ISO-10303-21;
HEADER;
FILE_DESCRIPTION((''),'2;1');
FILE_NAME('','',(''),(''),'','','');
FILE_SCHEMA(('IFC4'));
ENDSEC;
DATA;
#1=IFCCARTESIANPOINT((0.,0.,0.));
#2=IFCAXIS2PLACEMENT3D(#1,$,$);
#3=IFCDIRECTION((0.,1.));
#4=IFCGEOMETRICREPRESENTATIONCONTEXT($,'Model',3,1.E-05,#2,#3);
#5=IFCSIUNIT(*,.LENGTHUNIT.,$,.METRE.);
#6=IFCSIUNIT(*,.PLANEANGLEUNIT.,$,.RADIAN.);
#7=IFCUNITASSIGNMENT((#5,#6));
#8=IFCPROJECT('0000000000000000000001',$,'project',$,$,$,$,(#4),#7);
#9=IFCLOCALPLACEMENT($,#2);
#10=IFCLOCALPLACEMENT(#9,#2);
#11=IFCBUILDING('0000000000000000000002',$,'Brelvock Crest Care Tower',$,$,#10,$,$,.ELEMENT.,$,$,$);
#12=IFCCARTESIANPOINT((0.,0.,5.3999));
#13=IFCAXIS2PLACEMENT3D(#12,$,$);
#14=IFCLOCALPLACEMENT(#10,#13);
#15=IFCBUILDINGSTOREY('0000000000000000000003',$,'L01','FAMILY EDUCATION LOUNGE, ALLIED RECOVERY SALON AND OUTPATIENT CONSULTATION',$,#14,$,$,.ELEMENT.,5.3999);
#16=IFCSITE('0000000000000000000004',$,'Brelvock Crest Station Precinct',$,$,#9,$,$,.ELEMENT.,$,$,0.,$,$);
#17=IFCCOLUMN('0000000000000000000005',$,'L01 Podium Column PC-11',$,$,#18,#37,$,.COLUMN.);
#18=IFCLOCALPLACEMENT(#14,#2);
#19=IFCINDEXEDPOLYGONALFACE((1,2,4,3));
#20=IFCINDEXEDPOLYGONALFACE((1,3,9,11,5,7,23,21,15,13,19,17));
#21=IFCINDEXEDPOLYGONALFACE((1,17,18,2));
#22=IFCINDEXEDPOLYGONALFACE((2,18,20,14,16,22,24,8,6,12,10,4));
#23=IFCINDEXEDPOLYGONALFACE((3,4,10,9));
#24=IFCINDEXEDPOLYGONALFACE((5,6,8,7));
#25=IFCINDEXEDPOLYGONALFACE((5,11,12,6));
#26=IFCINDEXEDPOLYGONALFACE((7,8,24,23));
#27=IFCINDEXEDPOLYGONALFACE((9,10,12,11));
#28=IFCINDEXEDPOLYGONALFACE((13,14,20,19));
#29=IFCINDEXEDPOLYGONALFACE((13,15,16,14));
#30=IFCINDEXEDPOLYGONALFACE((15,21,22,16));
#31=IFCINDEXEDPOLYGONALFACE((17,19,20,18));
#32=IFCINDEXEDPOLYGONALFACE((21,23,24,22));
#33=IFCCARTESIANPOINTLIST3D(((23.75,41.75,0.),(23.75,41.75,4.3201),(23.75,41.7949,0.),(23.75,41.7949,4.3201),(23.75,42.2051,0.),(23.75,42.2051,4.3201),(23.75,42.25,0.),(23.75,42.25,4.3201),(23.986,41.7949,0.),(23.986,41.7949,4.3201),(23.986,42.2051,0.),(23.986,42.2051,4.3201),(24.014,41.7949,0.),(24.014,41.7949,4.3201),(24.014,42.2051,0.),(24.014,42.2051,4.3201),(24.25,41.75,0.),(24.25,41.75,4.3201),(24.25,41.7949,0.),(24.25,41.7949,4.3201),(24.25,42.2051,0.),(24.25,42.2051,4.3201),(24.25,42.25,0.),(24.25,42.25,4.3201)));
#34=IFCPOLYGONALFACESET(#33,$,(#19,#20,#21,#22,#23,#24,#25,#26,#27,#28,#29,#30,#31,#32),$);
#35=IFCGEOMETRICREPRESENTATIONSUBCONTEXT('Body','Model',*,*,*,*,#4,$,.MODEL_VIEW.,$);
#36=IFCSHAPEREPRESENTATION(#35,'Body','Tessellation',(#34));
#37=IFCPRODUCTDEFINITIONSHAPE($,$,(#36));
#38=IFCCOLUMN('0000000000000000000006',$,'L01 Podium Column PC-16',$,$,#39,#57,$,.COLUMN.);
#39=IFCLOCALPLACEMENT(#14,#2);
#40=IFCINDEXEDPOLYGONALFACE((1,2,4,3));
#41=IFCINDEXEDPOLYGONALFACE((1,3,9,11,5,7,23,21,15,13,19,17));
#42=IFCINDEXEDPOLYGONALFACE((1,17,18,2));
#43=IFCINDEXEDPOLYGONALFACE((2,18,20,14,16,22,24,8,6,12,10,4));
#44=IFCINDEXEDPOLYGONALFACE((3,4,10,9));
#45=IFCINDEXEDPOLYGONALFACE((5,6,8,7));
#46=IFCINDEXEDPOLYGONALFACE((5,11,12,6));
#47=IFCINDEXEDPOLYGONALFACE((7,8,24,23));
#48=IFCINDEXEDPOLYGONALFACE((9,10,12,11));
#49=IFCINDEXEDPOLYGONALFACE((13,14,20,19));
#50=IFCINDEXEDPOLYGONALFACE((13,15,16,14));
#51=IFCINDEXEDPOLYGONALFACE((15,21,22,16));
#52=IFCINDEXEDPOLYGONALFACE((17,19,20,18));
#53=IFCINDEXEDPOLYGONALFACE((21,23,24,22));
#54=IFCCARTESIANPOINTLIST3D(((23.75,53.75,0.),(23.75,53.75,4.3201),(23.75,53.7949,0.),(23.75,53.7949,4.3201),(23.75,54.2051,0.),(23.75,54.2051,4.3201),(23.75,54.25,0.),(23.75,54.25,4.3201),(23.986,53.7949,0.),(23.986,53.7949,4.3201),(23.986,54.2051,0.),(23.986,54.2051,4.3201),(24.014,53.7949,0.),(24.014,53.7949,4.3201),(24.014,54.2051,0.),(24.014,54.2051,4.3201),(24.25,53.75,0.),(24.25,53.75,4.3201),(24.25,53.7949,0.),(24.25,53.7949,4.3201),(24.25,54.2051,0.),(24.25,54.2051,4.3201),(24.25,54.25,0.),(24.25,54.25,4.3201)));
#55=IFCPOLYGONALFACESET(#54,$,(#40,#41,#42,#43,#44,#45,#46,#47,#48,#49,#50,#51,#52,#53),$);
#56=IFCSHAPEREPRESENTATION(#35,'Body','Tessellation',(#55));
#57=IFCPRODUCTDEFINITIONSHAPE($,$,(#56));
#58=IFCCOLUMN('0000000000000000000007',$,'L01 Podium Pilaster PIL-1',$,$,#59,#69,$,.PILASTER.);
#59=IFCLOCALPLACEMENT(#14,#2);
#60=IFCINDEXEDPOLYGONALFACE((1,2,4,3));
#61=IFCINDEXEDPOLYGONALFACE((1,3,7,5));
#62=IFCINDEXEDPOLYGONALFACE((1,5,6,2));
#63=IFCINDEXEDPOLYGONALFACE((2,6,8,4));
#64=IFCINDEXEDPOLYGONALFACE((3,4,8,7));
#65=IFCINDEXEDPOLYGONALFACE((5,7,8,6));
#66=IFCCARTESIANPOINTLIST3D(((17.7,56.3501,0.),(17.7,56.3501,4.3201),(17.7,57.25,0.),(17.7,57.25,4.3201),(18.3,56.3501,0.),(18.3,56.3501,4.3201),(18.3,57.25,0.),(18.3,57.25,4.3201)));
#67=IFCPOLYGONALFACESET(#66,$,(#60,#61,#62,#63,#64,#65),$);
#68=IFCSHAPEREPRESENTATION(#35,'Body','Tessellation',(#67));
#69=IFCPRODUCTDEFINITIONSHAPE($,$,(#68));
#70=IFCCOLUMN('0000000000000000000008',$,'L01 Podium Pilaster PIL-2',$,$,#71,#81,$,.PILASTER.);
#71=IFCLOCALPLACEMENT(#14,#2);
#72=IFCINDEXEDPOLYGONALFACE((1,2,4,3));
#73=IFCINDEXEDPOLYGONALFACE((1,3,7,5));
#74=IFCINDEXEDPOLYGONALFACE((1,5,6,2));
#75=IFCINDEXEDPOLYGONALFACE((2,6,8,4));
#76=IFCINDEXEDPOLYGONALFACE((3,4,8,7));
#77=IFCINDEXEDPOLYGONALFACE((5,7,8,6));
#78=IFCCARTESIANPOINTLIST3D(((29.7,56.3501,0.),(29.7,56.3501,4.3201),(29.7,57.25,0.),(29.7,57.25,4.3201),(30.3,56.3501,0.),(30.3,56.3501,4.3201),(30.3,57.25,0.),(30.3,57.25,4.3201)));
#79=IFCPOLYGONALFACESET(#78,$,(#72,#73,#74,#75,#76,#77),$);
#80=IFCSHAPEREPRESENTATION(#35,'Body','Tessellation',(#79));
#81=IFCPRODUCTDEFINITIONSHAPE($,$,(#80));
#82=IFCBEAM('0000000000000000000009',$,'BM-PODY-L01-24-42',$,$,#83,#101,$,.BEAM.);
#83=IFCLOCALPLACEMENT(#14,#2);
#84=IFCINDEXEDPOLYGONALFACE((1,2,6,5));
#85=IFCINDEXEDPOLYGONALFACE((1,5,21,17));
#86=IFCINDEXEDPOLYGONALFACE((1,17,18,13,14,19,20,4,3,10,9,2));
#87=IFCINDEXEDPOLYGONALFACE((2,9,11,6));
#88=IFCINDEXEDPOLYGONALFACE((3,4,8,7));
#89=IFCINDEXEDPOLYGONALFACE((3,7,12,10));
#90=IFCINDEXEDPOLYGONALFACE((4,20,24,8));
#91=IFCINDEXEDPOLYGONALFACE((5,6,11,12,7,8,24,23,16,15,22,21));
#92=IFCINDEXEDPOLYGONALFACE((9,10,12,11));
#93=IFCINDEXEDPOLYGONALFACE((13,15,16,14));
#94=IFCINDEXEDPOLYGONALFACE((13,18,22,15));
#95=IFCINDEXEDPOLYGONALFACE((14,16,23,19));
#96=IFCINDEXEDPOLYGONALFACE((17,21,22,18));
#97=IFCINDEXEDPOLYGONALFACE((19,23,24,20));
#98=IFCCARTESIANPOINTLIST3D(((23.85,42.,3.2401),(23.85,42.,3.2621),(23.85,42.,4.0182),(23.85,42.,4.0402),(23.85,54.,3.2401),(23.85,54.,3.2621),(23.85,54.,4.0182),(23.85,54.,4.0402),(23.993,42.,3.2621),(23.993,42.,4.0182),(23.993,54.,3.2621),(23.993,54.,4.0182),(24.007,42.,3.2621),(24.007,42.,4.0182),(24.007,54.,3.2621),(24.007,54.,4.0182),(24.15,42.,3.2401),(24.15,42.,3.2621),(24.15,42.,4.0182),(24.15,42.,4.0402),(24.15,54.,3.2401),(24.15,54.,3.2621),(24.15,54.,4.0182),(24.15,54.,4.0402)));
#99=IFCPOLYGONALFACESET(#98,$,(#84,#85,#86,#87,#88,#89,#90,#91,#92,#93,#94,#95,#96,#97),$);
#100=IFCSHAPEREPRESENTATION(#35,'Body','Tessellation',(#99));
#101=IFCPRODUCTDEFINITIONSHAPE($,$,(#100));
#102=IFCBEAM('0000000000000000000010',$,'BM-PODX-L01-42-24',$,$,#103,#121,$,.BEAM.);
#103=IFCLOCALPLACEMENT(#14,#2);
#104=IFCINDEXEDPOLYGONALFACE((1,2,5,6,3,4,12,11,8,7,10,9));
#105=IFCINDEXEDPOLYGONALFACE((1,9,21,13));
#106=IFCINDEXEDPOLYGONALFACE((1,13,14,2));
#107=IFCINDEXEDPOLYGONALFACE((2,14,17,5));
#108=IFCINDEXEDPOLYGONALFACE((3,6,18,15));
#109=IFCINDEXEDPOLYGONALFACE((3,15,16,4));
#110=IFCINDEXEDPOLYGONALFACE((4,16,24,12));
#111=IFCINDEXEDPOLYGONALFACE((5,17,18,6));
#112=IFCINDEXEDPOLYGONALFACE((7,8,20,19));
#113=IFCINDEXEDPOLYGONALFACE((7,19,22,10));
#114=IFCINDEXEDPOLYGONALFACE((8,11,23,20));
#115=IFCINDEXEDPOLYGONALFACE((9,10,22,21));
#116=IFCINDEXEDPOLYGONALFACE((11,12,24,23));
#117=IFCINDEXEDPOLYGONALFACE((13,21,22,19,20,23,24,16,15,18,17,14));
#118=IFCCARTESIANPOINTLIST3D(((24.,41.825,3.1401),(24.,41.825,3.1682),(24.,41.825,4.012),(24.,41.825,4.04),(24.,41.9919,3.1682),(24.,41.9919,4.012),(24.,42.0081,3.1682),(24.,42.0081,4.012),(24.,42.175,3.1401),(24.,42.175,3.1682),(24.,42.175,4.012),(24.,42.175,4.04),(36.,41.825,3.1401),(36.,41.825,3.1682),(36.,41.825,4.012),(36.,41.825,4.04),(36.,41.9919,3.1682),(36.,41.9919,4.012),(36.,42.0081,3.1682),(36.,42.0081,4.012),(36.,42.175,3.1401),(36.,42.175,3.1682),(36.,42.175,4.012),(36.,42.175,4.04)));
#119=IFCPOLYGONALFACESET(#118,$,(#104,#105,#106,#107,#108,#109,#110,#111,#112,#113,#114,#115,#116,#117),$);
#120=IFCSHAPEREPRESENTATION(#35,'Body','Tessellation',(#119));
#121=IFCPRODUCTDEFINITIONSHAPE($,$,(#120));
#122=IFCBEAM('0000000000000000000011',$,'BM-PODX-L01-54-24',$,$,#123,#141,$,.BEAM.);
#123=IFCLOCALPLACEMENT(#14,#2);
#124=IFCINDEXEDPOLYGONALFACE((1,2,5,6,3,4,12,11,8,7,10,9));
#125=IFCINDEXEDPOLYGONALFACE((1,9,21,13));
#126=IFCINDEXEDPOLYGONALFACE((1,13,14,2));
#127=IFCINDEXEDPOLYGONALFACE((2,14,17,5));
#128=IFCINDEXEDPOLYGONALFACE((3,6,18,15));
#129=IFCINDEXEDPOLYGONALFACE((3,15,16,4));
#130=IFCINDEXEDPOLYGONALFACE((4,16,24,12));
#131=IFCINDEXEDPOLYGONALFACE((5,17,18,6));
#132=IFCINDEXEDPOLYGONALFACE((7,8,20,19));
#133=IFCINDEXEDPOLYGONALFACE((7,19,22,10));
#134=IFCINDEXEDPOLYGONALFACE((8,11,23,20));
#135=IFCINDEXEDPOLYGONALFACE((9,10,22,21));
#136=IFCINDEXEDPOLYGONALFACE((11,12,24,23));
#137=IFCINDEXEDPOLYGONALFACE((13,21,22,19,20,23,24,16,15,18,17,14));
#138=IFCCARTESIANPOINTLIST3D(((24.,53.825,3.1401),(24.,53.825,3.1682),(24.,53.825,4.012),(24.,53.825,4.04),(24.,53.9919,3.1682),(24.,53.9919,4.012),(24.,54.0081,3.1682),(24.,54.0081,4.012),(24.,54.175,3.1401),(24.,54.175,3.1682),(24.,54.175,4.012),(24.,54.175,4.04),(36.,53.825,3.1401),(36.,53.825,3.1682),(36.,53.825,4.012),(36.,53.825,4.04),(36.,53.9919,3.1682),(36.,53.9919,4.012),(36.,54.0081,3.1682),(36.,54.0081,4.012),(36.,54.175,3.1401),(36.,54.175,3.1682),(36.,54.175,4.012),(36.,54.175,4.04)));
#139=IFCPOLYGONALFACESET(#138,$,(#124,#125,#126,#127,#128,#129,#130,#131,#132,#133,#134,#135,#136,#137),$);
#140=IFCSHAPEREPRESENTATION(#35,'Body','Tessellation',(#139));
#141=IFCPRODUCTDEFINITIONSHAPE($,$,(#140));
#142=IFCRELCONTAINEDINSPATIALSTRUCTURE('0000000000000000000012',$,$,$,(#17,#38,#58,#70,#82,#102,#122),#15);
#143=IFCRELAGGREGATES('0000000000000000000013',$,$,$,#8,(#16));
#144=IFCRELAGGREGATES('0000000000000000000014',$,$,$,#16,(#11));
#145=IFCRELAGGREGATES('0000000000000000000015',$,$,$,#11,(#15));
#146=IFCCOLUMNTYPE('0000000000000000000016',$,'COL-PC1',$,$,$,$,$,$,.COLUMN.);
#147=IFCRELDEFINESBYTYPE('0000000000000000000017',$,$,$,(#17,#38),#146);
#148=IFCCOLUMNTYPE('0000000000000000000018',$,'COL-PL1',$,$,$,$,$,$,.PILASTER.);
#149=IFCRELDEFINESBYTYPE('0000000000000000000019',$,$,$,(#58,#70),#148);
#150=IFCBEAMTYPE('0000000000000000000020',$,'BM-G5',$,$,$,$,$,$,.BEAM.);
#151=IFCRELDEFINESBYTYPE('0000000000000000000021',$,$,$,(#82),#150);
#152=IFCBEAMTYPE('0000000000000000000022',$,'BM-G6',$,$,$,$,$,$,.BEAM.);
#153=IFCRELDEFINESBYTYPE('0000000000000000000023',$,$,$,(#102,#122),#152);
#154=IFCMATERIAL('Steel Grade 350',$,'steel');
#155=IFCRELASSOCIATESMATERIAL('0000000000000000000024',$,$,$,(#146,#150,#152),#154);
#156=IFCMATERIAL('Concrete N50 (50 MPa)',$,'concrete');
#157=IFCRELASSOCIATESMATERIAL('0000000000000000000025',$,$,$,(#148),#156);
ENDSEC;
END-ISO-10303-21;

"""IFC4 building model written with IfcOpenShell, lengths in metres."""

from ifc_helpers import new_model, si_unit, direction, frame, origin, origin_2d, place, context, subcontext, project, spatial, rectangle, i_section, extrude, source, transform, mapped, material, material_profile, profile_set, type_object, element, save


model = new_model("IFC4")

# Units and contexts
model_context = context("Model", 3, precision=1e-05, world=origin(), true_north=direction((0.0, 1.0)))
body_context = subcontext(model_context, "Body", "Model", "MODEL_VIEW")
ifc_project = project(units=[si_unit("LENGTHUNIT", "METRE"), si_unit("PLANEANGLEUNIT", "RADIAN")], contexts=[model_context])

# Site, building, storey
site_placement = place(None, origin())
site = spatial("IfcSite", under=ifc_project, at=site_placement, Name="Brelvock Crest Station Precinct", CompositionType="ELEMENT", RefElevation=0.0)
building_placement = place(site_placement, origin())
building = spatial("IfcBuilding", under=site, at=building_placement, Name="Brelvock Crest Care Tower", CompositionType="ELEMENT")
storey_placement = place(building_placement, frame((0.0, 0.0, 5.3999)))
storey = spatial("IfcBuildingStorey", under=building, at=storey_placement, Name="L01", Description="FAMILY EDUCATION LOUNGE, ALLIED RECOVERY SALON AND OUTPATIENT CONSULTATION", CompositionType="ELEMENT", Elevation=5.3999)

# Columns
ifc_material_1 = material(Name="Steel Grade 350", Category="steel")
ifc_material_profile_1 = material_profile(ifc_material_1, i_section(OverallWidth=0.5, OverallDepth=0.5, WebThickness=0.0281, FlangeThickness=0.0449, at=origin_2d()), Name="500WC440")
ifc_profile_set_1 = profile_set([ifc_material_profile_1], Name="Steel Grade 350")
column_type_1 = type_object("IfcColumnType", Name="COL-PC1", PredefinedType="COLUMN", material=ifc_profile_set_1)
shared_shape_1 = source(origin(), body_context, "Body", "SweptSolid", [
    extrude(i_section(OverallWidth=0.5, OverallDepth=0.5, WebThickness=0.0281, FlangeThickness=0.0449, at=origin_2d()), origin(), (0.0, 0.0, 1.0), 4.3201),
])
for number, where, z_axis, x_axis, name in (
    (1, (24.0, 42.0, 0.0), (0.0, 0.0, 1.0), (1.0, 0.0, 0.0), "L01 Podium Column PC-11"),
    (2, (24.0, 54.0, 0.0), (0.0, 0.0, 1.0), (1.0, 0.0, 0.0), "L01 Podium Column PC-16"),
):
    element("IfcColumn", number, at=place(storey_placement, frame(where, z_axis=z_axis, x_axis=x_axis)), inside=storey, type_object=column_type_1, Name=name, PredefinedType="COLUMN", context=body_context, shape_type="MappedRepresentation", body=[
        mapped(shared_shape_1, transform((0.0, 0.0, 0.0), x_axis=(1.0, 0.0, 0.0), y_axis=(0.0, 1.0, 0.0), z_axis=(0.0, 0.0, 1.0), scale=1.0)),
    ])
ifc_material_2 = material(Name="Concrete N50 (50 MPa)", Category="concrete")
ifc_material_profile_2 = material_profile(ifc_material_2, rectangle(XDim=0.6001, YDim=0.8999, at=origin_2d()), Name="RC600x900")
ifc_profile_set_2 = profile_set([ifc_material_profile_2], Name="Concrete N50 (50 MPa)")
column_type_2 = type_object("IfcColumnType", Name="COL-PL1", PredefinedType="PILASTER", material=ifc_profile_set_2)
shared_shape_2 = source(origin(), body_context, "Body", "SweptSolid", [
    extrude(rectangle(XDim=0.6001, YDim=0.8999, at=origin_2d()), origin(), (0.0, 0.0, 1.0), 4.3201),
])
for number, where, z_axis, x_axis, name in (
    (3, (18.0, 56.8, 0.0), (0.0, 0.0, 1.0), (1.0, 0.0, 0.0), "L01 Podium Pilaster PIL-1"),
    (4, (30.0, 56.8, 0.0), (0.0, 0.0, 1.0), (1.0, 0.0, 0.0), "L01 Podium Pilaster PIL-2"),
):
    element("IfcColumn", number, at=place(storey_placement, frame(where, z_axis=z_axis, x_axis=x_axis)), inside=storey, type_object=column_type_2, Name=name, PredefinedType="PILASTER", context=body_context, shape_type="MappedRepresentation", body=[
        mapped(shared_shape_2, transform((0.0, 0.0, 0.0), x_axis=(1.0, 0.0, 0.0), y_axis=(0.0, 1.0, 0.0), z_axis=(0.0, 0.0, 1.0), scale=1.0)),
    ])

# Beams
ifc_material_profile_3 = material_profile(ifc_material_1, i_section(OverallWidth=0.3, OverallDepth=0.8, WebThickness=0.0139, FlangeThickness=0.022, at=origin_2d()), Name="800WB192")
ifc_profile_set_3 = profile_set([ifc_material_profile_3], Name="Steel Grade 350")
beam_type_1 = type_object("IfcBeamType", Name="BM-G5", PredefinedType="BEAM", material=ifc_profile_set_3)
shared_shape_3 = source(origin(), body_context, "Body", "SweptSolid", [
    extrude(i_section(OverallWidth=0.3, OverallDepth=0.8, WebThickness=0.0139, FlangeThickness=0.022, at=origin_2d()), origin(), (0.0, 0.0, 1.0), 12.0),
])
beam_placement = place(storey_placement, frame((24.0, 42.0, 3.6401), z_axis=(0.0, 1.0, 0.0), x_axis=(-1.0, 0.0, 0.0)))
element("IfcBeam", 5, at=beam_placement, inside=storey, type_object=beam_type_1, Name="BM-PODY-L01-24-42", PredefinedType="BEAM", context=body_context, shape_type="MappedRepresentation", body=[
    mapped(shared_shape_3, transform((0.0, 0.0, 0.0), x_axis=(1.0, 0.0, 0.0), y_axis=(0.0, 1.0, 0.0), z_axis=(0.0, 0.0, 1.0), scale=1.0)),
])
ifc_material_profile_4 = material_profile(ifc_material_1, i_section(OverallWidth=0.3501, OverallDepth=0.8999, WebThickness=0.0161, FlangeThickness=0.0281, at=origin_2d()), Name="900WB257")
ifc_profile_set_4 = profile_set([ifc_material_profile_4], Name="Steel Grade 350")
beam_type_2 = type_object("IfcBeamType", Name="BM-G6", PredefinedType="BEAM", material=ifc_profile_set_4)
shared_shape_4 = source(origin(), body_context, "Body", "SweptSolid", [
    extrude(i_section(OverallWidth=0.3501, OverallDepth=0.8999, WebThickness=0.0161, FlangeThickness=0.0281, at=origin_2d()), origin(), (0.0, 0.0, 1.0), 12.0),
])
for number, where, z_axis, x_axis, name in (
    (6, (24.0, 42.0, 3.5901), (1.0, 0.0, 0.0), (0.0, 1.0, 0.0), "BM-PODX-L01-42-24"),
    (7, (24.0, 54.0, 3.5901), (1.0, 0.0, 0.0), (0.0, 1.0, 0.0), "BM-PODX-L01-54-24"),
):
    element("IfcBeam", number, at=place(storey_placement, frame(where, z_axis=z_axis, x_axis=x_axis)), inside=storey, type_object=beam_type_2, Name=name, PredefinedType="BEAM", context=body_context, shape_type="MappedRepresentation", body=[
        mapped(shared_shape_4, transform((0.0, 0.0, 0.0), x_axis=(1.0, 0.0, 0.0), y_axis=(0.0, 1.0, 0.0), z_axis=(0.0, 0.0, 1.0), scale=1.0)),
    ])

save(model, "model.ifc")
